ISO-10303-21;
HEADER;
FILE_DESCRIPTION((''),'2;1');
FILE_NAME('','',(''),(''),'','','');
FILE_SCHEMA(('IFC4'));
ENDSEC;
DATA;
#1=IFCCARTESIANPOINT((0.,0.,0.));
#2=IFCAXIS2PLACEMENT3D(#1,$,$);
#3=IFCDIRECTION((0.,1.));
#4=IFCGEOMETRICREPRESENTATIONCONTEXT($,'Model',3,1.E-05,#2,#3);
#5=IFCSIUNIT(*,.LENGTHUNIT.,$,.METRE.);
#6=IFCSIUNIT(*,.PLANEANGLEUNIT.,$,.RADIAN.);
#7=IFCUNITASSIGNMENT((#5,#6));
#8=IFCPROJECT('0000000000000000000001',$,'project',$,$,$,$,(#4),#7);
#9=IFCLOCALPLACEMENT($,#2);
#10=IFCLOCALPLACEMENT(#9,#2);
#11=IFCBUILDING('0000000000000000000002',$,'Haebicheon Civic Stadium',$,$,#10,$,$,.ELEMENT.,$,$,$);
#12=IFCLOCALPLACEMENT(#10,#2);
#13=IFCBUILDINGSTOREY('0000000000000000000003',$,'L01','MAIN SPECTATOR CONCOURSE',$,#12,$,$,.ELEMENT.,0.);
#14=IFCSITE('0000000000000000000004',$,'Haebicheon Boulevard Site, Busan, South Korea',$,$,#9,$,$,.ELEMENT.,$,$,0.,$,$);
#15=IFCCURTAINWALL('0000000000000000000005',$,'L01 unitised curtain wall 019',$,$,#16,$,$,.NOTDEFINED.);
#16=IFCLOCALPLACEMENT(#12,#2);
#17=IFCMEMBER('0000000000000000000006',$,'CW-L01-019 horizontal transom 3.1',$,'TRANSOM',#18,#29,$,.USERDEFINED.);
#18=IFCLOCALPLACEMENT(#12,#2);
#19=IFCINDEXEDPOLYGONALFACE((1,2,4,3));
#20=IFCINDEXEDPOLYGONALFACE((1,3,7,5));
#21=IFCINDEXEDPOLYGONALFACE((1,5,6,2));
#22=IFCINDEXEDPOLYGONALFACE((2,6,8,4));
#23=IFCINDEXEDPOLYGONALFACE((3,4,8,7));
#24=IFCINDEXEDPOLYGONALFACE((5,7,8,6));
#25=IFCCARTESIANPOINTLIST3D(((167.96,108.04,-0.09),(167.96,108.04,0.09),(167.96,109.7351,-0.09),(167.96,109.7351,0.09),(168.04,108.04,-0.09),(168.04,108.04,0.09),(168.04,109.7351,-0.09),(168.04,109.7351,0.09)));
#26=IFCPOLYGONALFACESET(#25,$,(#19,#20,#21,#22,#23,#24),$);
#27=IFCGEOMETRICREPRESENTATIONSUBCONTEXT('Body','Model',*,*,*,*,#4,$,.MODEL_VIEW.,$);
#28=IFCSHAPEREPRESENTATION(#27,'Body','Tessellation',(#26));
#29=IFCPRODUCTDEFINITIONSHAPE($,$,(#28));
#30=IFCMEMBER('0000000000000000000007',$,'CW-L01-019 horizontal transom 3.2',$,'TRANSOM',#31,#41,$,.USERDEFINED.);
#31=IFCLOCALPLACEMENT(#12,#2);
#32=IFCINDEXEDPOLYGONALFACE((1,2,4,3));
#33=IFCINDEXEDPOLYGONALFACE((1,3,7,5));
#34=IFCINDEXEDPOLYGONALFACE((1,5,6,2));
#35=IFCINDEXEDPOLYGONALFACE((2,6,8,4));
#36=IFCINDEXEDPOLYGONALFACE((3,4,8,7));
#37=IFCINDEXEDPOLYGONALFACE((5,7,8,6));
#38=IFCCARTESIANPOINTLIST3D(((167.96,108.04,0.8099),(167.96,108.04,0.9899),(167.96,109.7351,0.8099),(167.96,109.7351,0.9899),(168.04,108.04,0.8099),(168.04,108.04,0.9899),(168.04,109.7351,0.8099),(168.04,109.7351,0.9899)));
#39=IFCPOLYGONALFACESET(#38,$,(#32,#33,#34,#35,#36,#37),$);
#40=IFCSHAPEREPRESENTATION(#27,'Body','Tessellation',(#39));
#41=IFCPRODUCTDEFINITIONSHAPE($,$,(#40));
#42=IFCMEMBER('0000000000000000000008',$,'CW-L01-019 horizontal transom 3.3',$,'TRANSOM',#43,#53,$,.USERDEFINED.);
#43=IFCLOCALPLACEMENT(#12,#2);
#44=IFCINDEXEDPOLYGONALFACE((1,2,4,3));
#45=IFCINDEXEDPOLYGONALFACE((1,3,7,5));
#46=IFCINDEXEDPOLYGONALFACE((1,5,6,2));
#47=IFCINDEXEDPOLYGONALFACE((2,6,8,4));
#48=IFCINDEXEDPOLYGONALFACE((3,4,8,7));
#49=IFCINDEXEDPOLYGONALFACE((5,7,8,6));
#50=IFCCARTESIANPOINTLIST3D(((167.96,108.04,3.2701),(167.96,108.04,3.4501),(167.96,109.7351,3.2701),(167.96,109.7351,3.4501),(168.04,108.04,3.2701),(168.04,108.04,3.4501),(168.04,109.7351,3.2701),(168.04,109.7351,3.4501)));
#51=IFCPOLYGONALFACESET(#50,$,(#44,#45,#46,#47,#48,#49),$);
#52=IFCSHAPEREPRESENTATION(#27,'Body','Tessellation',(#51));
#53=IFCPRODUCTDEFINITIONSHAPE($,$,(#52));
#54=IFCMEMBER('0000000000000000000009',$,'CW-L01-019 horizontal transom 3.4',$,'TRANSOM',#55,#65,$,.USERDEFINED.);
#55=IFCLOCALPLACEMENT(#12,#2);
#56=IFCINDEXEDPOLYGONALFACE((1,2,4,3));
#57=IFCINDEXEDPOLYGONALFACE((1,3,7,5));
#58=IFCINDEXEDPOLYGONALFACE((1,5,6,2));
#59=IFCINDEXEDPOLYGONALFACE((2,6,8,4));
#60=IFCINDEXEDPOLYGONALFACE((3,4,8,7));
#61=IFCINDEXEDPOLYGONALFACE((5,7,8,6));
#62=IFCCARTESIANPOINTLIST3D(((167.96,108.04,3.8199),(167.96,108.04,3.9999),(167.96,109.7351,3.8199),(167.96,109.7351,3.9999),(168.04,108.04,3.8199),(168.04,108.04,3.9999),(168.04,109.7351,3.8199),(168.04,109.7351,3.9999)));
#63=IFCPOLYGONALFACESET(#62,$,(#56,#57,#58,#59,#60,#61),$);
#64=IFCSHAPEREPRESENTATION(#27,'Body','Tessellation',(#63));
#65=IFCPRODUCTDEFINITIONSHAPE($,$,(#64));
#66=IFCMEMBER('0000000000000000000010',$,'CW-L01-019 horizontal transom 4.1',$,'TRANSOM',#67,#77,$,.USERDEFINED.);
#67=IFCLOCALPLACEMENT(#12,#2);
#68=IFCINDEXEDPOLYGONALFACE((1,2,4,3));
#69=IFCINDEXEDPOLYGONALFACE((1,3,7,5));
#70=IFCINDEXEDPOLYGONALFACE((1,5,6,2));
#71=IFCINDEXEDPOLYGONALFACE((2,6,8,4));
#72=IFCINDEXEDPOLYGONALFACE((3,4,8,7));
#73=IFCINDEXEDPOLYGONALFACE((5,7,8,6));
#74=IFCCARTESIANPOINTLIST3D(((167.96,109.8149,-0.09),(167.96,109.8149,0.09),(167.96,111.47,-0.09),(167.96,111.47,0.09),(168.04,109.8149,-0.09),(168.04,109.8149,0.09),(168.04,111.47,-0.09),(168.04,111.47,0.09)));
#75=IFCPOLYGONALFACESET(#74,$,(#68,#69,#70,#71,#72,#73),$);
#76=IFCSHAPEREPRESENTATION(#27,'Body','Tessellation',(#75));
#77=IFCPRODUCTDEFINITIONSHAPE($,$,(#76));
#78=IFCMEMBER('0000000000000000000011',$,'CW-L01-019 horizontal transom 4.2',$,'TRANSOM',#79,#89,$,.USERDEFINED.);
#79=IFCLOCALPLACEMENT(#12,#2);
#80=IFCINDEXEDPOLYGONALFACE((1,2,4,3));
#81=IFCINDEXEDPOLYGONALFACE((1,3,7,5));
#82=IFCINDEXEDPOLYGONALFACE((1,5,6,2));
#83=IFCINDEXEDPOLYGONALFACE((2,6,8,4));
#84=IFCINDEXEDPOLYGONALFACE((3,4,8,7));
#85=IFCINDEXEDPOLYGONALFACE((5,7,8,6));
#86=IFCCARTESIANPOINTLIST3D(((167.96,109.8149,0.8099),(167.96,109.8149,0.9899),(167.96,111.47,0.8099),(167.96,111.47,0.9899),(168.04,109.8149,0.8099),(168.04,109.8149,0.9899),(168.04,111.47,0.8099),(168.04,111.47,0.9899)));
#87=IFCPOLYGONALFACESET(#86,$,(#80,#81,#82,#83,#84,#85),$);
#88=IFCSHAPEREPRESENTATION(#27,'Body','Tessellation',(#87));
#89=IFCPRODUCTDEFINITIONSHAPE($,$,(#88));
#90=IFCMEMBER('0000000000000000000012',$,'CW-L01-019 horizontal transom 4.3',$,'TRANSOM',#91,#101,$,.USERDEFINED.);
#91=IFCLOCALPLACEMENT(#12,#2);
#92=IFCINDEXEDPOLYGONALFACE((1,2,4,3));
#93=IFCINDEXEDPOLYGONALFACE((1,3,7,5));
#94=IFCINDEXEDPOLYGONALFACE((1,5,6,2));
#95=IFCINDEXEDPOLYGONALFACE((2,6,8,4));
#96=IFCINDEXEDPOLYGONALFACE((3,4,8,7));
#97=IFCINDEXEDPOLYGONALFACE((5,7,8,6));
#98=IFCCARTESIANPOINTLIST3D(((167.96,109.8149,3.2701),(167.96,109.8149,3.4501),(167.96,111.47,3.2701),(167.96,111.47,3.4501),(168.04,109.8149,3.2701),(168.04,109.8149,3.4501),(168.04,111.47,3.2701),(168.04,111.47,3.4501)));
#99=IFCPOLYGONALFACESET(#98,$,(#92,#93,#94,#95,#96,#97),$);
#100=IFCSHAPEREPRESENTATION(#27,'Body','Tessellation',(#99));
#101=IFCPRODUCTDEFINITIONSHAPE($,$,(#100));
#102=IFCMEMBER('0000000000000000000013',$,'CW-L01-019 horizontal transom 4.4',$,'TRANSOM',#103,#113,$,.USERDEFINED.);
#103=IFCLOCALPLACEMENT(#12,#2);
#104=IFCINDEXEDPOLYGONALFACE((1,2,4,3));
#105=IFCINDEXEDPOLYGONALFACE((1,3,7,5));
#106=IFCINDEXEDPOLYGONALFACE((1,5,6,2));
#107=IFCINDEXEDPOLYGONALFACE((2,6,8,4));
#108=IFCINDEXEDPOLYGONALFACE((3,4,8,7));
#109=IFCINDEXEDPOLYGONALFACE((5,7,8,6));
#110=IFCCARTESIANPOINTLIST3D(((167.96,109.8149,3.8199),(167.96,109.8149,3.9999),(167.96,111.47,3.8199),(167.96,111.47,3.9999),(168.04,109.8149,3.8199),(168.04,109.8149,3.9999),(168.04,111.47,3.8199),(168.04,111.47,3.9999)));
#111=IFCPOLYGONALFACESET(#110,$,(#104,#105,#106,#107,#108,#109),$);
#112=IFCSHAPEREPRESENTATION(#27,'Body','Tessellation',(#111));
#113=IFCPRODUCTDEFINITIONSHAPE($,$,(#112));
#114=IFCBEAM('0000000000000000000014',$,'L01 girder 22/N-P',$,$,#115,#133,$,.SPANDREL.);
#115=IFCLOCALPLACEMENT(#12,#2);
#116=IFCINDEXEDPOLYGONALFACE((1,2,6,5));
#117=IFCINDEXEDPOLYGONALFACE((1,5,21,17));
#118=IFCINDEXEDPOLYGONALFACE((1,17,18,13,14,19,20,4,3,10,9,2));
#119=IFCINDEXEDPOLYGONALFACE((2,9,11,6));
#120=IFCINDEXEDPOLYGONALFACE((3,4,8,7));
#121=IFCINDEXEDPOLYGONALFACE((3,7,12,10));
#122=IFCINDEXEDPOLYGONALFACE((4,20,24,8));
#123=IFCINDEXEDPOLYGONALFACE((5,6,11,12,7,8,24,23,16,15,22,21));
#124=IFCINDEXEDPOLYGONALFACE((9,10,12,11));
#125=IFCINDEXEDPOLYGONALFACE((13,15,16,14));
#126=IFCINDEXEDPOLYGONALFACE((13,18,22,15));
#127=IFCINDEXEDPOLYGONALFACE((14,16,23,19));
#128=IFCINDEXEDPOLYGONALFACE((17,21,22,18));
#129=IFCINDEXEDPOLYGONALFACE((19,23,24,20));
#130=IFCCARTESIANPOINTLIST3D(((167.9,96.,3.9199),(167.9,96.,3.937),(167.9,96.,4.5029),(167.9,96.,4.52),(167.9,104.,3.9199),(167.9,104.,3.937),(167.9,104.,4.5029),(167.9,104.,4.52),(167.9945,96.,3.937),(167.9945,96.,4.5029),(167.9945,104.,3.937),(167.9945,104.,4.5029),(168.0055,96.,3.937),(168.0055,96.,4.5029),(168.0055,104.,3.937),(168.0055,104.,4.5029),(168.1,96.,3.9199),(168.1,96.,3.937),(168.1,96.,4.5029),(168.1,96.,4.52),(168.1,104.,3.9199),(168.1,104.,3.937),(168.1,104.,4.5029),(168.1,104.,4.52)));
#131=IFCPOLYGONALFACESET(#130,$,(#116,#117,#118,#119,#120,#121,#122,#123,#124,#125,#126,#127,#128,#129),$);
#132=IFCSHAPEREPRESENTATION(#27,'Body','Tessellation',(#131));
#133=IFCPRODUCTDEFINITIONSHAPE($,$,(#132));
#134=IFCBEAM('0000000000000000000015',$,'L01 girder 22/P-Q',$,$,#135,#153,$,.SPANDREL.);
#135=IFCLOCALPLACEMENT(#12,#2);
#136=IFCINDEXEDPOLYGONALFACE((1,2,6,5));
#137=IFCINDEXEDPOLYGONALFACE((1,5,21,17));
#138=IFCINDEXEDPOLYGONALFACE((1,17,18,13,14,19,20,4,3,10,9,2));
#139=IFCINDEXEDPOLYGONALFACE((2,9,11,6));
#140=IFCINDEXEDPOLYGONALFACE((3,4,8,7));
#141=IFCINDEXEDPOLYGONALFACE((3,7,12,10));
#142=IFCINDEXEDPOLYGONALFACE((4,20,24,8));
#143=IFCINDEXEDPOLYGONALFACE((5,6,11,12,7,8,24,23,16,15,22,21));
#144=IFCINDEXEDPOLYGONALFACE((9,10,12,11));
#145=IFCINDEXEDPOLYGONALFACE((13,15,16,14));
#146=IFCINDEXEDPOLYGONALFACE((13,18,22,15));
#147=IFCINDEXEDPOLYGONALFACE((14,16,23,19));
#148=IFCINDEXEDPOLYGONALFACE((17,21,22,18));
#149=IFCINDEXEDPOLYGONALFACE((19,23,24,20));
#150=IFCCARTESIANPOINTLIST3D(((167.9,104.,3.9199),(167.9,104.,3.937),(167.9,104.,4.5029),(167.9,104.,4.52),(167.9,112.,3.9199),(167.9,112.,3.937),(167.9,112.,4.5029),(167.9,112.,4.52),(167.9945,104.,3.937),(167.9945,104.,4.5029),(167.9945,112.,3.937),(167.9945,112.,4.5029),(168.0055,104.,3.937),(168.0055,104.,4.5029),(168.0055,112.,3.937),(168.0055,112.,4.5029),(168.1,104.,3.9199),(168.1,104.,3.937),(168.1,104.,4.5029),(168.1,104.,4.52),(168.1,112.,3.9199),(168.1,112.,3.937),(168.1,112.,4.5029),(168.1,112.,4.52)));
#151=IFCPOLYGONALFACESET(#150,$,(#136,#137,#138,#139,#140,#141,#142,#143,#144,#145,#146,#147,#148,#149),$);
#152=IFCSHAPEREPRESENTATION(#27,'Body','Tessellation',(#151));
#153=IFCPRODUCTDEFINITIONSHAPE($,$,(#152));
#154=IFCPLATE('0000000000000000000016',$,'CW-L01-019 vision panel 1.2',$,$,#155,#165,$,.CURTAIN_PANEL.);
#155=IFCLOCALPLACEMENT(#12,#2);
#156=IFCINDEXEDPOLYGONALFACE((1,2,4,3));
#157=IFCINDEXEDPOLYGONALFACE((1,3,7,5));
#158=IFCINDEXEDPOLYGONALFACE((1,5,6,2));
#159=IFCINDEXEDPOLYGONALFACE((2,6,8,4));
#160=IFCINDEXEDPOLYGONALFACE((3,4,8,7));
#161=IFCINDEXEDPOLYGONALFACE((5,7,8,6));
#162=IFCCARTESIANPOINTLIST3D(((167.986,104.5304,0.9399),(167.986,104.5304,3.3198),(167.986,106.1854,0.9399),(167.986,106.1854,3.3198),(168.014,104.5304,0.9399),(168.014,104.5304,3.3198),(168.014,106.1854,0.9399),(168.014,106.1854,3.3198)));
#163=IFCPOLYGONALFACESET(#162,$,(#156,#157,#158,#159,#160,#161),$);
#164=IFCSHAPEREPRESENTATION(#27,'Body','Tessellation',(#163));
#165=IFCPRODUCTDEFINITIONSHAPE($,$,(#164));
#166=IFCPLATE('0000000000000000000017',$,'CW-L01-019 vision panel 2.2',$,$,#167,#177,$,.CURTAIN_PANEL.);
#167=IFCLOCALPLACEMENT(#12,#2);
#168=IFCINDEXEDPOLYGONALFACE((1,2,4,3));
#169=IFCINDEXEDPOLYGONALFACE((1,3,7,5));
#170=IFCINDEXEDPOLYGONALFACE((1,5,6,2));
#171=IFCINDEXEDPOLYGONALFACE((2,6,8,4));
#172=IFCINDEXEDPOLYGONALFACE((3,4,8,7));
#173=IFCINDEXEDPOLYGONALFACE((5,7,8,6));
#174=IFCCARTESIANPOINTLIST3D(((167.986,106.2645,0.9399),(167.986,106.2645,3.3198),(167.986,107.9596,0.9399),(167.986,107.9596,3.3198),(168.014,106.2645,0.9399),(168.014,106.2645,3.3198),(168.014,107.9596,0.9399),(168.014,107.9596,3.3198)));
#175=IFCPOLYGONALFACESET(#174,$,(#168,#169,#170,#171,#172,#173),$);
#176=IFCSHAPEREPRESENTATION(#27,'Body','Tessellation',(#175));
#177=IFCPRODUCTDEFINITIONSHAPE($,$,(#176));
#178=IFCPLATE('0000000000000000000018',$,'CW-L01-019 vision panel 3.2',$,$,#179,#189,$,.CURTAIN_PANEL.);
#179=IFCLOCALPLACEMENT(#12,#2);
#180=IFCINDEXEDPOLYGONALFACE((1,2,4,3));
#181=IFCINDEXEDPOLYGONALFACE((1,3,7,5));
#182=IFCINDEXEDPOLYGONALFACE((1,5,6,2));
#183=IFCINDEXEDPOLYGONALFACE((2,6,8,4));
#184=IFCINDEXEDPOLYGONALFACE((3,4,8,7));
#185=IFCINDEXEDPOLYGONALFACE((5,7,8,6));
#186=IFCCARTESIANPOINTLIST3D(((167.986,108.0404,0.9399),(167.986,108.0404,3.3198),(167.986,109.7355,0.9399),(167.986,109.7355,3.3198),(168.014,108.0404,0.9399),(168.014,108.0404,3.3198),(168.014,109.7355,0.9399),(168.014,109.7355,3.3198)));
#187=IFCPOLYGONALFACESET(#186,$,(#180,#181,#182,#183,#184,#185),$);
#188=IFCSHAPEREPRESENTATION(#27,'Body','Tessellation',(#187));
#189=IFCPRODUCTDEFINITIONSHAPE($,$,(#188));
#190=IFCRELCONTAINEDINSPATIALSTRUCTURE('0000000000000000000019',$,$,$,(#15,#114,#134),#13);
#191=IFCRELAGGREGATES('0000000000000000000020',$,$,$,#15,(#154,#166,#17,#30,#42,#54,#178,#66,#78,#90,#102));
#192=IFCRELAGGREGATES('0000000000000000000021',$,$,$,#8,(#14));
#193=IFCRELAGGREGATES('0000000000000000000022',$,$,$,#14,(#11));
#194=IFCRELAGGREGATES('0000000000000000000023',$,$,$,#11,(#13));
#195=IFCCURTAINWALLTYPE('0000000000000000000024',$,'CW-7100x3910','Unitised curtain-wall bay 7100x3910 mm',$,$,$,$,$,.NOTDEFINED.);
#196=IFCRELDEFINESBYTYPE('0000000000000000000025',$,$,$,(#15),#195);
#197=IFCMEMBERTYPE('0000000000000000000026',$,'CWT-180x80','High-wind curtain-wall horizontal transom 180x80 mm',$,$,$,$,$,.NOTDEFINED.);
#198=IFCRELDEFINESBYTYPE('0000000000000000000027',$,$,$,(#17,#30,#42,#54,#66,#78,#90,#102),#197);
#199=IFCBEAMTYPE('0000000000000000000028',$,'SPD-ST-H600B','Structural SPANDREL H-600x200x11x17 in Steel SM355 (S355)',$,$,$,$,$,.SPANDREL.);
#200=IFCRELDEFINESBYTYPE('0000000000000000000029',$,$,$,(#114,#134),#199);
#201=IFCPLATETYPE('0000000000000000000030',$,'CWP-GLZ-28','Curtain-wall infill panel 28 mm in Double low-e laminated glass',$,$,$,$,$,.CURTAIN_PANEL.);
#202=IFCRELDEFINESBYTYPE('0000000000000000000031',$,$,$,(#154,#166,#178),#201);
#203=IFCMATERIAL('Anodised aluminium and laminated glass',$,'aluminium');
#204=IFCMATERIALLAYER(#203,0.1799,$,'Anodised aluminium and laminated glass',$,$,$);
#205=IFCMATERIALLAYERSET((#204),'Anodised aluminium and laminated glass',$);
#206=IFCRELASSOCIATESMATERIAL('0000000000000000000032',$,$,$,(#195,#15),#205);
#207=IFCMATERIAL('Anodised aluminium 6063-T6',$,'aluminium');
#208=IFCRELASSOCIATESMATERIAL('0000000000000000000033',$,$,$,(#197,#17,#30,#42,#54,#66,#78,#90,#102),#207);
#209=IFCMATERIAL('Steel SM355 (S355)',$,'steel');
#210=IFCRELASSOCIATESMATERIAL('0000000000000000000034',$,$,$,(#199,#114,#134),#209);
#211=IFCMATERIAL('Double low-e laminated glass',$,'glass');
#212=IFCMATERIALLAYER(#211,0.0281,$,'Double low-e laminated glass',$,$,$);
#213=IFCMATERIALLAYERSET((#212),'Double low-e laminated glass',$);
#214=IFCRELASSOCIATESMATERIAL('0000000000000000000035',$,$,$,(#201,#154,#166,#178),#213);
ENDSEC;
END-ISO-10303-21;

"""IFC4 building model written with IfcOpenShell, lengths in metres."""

from ifc_helpers import new_model, si_unit, direction, frame, origin, origin_2d, place, context, subcontext, project, spatial, rectangle, i_section, extrude, material, layer, layer_set, material_profile, profile_set, type_object, element, aggregate, save


model = new_model("IFC4")

# Units and contexts
model_context = context("Model", 3, precision=1e-05, world=origin(), true_north=direction((0.0, 1.0)))
body_context = subcontext(model_context, "Body", "Model", "MODEL_VIEW")
ifc_project = project(units=[si_unit("LENGTHUNIT", "METRE"), si_unit("PLANEANGLEUNIT", "RADIAN")], contexts=[model_context])

# Site, building, storey
site_placement = place(None, origin())
site = spatial("IfcSite", under=ifc_project, at=site_placement, Name="Haebicheon Boulevard Site, Busan, South Korea", CompositionType="ELEMENT", RefElevation=0.0)
building_placement = place(site_placement, origin())
building = spatial("IfcBuilding", under=site, at=building_placement, Name="Haebicheon Civic Stadium", CompositionType="ELEMENT")
storey_placement = place(building_placement, origin())
storey = spatial("IfcBuildingStorey", under=building, at=storey_placement, Name="L01", Description="MAIN SPECTATOR CONCOURSE", CompositionType="ELEMENT", Elevation=0.0)

# Curtain wall, members
ifc_material_1 = material(Name="Anodised aluminium and laminated glass", Category="aluminium")
ifc_layer_1 = layer(ifc_material_1, 0.1799, Name="Anodised aluminium and laminated glass")
ifc_layer_set_1 = layer_set([ifc_layer_1], Name="Anodised aluminium and laminated glass")
curtain_wall_type = type_object("IfcCurtainWallType", Name="CW-7100x3910", Description="Unitised curtain-wall bay 7100x3910 mm", PredefinedType="NOTDEFINED", material=ifc_layer_set_1)
curtain_wall_placement = place(storey_placement, origin())
curtain_wall = element("IfcCurtainWall", 1, at=curtain_wall_placement, inside=storey, type_object=curtain_wall_type, material=ifc_layer_set_1, Name="L01 unitised curtain wall 019", PredefinedType="NOTDEFINED")
ifc_material_2 = material(Name="Anodised aluminium 6063-T6", Category="aluminium")
ifc_material_profile_1 = material_profile(ifc_material_2, rectangle(XDim=0.0801, YDim=0.1799, at=origin_2d()), Name="ALU-TRAN-80x180")
ifc_profile_set_1 = profile_set([ifc_material_profile_1], Name="Anodised aluminium 6063-T6")
member_type_1 = type_object("IfcMemberType", Name="CWT-180x80", Description="High-wind curtain-wall horizontal transom 180x80 mm", PredefinedType="NOTDEFINED", material=ifc_profile_set_1)
member_1_placement = place(storey_placement, frame((168.0, 108.04, 0.0), z_axis=(0.0, 1.0, 0.0), x_axis=(-1.0, 0.0, 0.0)))
member_1 = element("IfcMember", 2, at=member_1_placement, type_object=member_type_1, material=ifc_profile_set_1, Name="CW-L01-019 horizontal transom 3.1", ObjectType="TRANSOM", PredefinedType="USERDEFINED", context=body_context, shape_type="SweptSolid", body=[
    extrude(rectangle(XDim=0.0801, YDim=0.1799, at=origin_2d()), origin(), (0.0, 0.0, 1.0), 1.6951),
])
member_2_placement = place(storey_placement, frame((168.0, 108.04, 0.8999), z_axis=(0.0, 1.0, 0.0), x_axis=(-1.0, 0.0, 0.0)))
member_2 = element("IfcMember", 3, at=member_2_placement, type_object=member_type_1, material=ifc_profile_set_1, Name="CW-L01-019 horizontal transom 3.2", ObjectType="TRANSOM", PredefinedType="USERDEFINED", context=body_context, shape_type="SweptSolid", body=[
    extrude(rectangle(XDim=0.0801, YDim=0.1799, at=origin_2d()), origin(), (0.0, 0.0, 1.0), 1.6951),
])
member_3_placement = place(storey_placement, frame((168.0, 108.04, 3.3601), z_axis=(0.0, 1.0, 0.0), x_axis=(-1.0, 0.0, 0.0)))
member_3 = element("IfcMember", 4, at=member_3_placement, type_object=member_type_1, material=ifc_profile_set_1, Name="CW-L01-019 horizontal transom 3.3", ObjectType="TRANSOM", PredefinedType="USERDEFINED", context=body_context, shape_type="SweptSolid", body=[
    extrude(rectangle(XDim=0.0801, YDim=0.1799, at=origin_2d()), origin(), (0.0, 0.0, 1.0), 1.6951),
])
member_4_placement = place(storey_placement, frame((168.0, 108.04, 3.9099), z_axis=(0.0, 1.0, 0.0), x_axis=(-1.0, 0.0, 0.0)))
member_4 = element("IfcMember", 5, at=member_4_placement, type_object=member_type_1, material=ifc_profile_set_1, Name="CW-L01-019 horizontal transom 3.4", ObjectType="TRANSOM", PredefinedType="USERDEFINED", context=body_context, shape_type="SweptSolid", body=[
    extrude(rectangle(XDim=0.0801, YDim=0.1799, at=origin_2d()), origin(), (0.0, 0.0, 1.0), 1.6951),
])
member_5_placement = place(storey_placement, frame((168.0, 109.8149, 0.0), z_axis=(0.0, 1.0, 0.0), x_axis=(-1.0, 0.0, 0.0)))
member_5 = element("IfcMember", 6, at=member_5_placement, type_object=member_type_1, material=ifc_profile_set_1, Name="CW-L01-019 horizontal transom 4.1", ObjectType="TRANSOM", PredefinedType="USERDEFINED", context=body_context, shape_type="SweptSolid", body=[
    extrude(rectangle(XDim=0.0801, YDim=0.1799, at=origin_2d()), origin(), (0.0, 0.0, 1.0), 1.655),
])
member_6_placement = place(storey_placement, frame((168.0, 109.8149, 0.8999), z_axis=(0.0, 1.0, 0.0), x_axis=(-1.0, 0.0, 0.0)))
member_6 = element("IfcMember", 7, at=member_6_placement, type_object=member_type_1, material=ifc_profile_set_1, Name="CW-L01-019 horizontal transom 4.2", ObjectType="TRANSOM", PredefinedType="USERDEFINED", context=body_context, shape_type="SweptSolid", body=[
    extrude(rectangle(XDim=0.0801, YDim=0.1799, at=origin_2d()), origin(), (0.0, 0.0, 1.0), 1.655),
])
member_7_placement = place(storey_placement, frame((168.0, 109.8149, 3.3601), z_axis=(0.0, 1.0, 0.0), x_axis=(-1.0, 0.0, 0.0)))
member_7 = element("IfcMember", 8, at=member_7_placement, type_object=member_type_1, material=ifc_profile_set_1, Name="CW-L01-019 horizontal transom 4.3", ObjectType="TRANSOM", PredefinedType="USERDEFINED", context=body_context, shape_type="SweptSolid", body=[
    extrude(rectangle(XDim=0.0801, YDim=0.1799, at=origin_2d()), origin(), (0.0, 0.0, 1.0), 1.655),
])
member_8_placement = place(storey_placement, frame((168.0, 109.8149, 3.9099), z_axis=(0.0, 1.0, 0.0), x_axis=(-1.0, 0.0, 0.0)))
member_8 = element("IfcMember", 9, at=member_8_placement, type_object=member_type_1, material=ifc_profile_set_1, Name="CW-L01-019 horizontal transom 4.4", ObjectType="TRANSOM", PredefinedType="USERDEFINED", context=body_context, shape_type="SweptSolid", body=[
    extrude(rectangle(XDim=0.0801, YDim=0.1799, at=origin_2d()), origin(), (0.0, 0.0, 1.0), 1.655),
])

# Beams
ifc_material_3 = material(Name="Steel SM355 (S355)", Category="steel")
ifc_material_profile_2 = material_profile(ifc_material_3, i_section(OverallWidth=0.2, OverallDepth=0.6001, WebThickness=0.011, FlangeThickness=0.0171, at=origin_2d()), Name="H-600x200x11x17")
ifc_profile_set_2 = profile_set([ifc_material_profile_2], Name="Steel SM355 (S355)")
beam_type = type_object("IfcBeamType", Name="SPD-ST-H600B", Description="Structural SPANDREL H-600x200x11x17 in Steel SM355 (S355)", PredefinedType="SPANDREL", material=ifc_profile_set_2)
for number, where, z_axis, x_axis, name in (
    (10, (168.0, 96.0, 4.22), (0.0, 1.0, 0.0), (-1.0, 0.0, 0.0), "L01 girder 22/N-P"),
    (11, (168.0, 104.0, 4.22), (0.0, 1.0, 0.0), (-1.0, 0.0, 0.0), "L01 girder 22/P-Q"),
):
    element("IfcBeam", number, at=place(storey_placement, frame(where, z_axis=z_axis, x_axis=x_axis)), inside=storey, type_object=beam_type, material=ifc_profile_set_2, Name=name, PredefinedType="SPANDREL", context=body_context, shape_type="SweptSolid", body=[
        extrude(i_section(OverallWidth=0.2, OverallDepth=0.6001, WebThickness=0.011, FlangeThickness=0.0171, at=origin_2d()), origin(), (0.0, 0.0, 1.0), 8.0),
    ])

# Plates
ifc_material_4 = material(Name="Double low-e laminated glass", Category="glass")
ifc_layer_2 = layer(ifc_material_4, 0.0281, Name="Double low-e laminated glass")
ifc_layer_set_2 = layer_set([ifc_layer_2], Name="Double low-e laminated glass")
plate_type_1 = type_object("IfcPlateType", Name="CWP-GLZ-28", Description="Curtain-wall infill panel 28 mm in Double low-e laminated glass", PredefinedType="CURTAIN_PANEL", material=ifc_layer_set_2)
plate_1_placement = place(storey_placement, frame((168.0, 105.3579, 0.9399), z_axis=(0.0, 0.0, 1.0), x_axis=(0.0, 1.0, 0.0)))
plate_1 = element("IfcPlate", 12, at=plate_1_placement, type_object=plate_type_1, material=ifc_layer_set_2, Name="CW-L01-019 vision panel 1.2", PredefinedType="CURTAIN_PANEL", context=body_context, shape_type="SweptSolid", body=[
    extrude(rectangle(XDim=1.655, YDim=0.0281, at=origin_2d()), origin(), (0.0, 0.0, 1.0), 2.3799),
])
plate_2_placement = place(storey_placement, frame((168.0, 107.1121, 0.9399), z_axis=(0.0, 0.0, 1.0), x_axis=(0.0, 1.0, 0.0)))
plate_2 = element("IfcPlate", 13, at=plate_2_placement, type_object=plate_type_1, material=ifc_layer_set_2, Name="CW-L01-019 vision panel 2.2", PredefinedType="CURTAIN_PANEL", context=body_context, shape_type="SweptSolid", body=[
    extrude(rectangle(XDim=1.6951, YDim=0.0281, at=origin_2d()), origin(), (0.0, 0.0, 1.0), 2.3799),
])
plate_3_placement = place(storey_placement, frame((168.0, 108.8879, 0.9399), z_axis=(0.0, 0.0, 1.0), x_axis=(0.0, 1.0, 0.0)))
plate_3 = element("IfcPlate", 14, at=plate_3_placement, type_object=plate_type_1, material=ifc_layer_set_2, Name="CW-L01-019 vision panel 3.2", PredefinedType="CURTAIN_PANEL", context=body_context, shape_type="SweptSolid", body=[
    extrude(rectangle(XDim=1.6951, YDim=0.0281, at=origin_2d()), origin(), (0.0, 0.0, 1.0), 2.3799),
])
aggregate(curtain_wall, [plate_1, plate_2, member_1, member_2, member_3, member_4, plate_3, member_5, member_6, member_7, member_8])

save(model, "model.ifc")
